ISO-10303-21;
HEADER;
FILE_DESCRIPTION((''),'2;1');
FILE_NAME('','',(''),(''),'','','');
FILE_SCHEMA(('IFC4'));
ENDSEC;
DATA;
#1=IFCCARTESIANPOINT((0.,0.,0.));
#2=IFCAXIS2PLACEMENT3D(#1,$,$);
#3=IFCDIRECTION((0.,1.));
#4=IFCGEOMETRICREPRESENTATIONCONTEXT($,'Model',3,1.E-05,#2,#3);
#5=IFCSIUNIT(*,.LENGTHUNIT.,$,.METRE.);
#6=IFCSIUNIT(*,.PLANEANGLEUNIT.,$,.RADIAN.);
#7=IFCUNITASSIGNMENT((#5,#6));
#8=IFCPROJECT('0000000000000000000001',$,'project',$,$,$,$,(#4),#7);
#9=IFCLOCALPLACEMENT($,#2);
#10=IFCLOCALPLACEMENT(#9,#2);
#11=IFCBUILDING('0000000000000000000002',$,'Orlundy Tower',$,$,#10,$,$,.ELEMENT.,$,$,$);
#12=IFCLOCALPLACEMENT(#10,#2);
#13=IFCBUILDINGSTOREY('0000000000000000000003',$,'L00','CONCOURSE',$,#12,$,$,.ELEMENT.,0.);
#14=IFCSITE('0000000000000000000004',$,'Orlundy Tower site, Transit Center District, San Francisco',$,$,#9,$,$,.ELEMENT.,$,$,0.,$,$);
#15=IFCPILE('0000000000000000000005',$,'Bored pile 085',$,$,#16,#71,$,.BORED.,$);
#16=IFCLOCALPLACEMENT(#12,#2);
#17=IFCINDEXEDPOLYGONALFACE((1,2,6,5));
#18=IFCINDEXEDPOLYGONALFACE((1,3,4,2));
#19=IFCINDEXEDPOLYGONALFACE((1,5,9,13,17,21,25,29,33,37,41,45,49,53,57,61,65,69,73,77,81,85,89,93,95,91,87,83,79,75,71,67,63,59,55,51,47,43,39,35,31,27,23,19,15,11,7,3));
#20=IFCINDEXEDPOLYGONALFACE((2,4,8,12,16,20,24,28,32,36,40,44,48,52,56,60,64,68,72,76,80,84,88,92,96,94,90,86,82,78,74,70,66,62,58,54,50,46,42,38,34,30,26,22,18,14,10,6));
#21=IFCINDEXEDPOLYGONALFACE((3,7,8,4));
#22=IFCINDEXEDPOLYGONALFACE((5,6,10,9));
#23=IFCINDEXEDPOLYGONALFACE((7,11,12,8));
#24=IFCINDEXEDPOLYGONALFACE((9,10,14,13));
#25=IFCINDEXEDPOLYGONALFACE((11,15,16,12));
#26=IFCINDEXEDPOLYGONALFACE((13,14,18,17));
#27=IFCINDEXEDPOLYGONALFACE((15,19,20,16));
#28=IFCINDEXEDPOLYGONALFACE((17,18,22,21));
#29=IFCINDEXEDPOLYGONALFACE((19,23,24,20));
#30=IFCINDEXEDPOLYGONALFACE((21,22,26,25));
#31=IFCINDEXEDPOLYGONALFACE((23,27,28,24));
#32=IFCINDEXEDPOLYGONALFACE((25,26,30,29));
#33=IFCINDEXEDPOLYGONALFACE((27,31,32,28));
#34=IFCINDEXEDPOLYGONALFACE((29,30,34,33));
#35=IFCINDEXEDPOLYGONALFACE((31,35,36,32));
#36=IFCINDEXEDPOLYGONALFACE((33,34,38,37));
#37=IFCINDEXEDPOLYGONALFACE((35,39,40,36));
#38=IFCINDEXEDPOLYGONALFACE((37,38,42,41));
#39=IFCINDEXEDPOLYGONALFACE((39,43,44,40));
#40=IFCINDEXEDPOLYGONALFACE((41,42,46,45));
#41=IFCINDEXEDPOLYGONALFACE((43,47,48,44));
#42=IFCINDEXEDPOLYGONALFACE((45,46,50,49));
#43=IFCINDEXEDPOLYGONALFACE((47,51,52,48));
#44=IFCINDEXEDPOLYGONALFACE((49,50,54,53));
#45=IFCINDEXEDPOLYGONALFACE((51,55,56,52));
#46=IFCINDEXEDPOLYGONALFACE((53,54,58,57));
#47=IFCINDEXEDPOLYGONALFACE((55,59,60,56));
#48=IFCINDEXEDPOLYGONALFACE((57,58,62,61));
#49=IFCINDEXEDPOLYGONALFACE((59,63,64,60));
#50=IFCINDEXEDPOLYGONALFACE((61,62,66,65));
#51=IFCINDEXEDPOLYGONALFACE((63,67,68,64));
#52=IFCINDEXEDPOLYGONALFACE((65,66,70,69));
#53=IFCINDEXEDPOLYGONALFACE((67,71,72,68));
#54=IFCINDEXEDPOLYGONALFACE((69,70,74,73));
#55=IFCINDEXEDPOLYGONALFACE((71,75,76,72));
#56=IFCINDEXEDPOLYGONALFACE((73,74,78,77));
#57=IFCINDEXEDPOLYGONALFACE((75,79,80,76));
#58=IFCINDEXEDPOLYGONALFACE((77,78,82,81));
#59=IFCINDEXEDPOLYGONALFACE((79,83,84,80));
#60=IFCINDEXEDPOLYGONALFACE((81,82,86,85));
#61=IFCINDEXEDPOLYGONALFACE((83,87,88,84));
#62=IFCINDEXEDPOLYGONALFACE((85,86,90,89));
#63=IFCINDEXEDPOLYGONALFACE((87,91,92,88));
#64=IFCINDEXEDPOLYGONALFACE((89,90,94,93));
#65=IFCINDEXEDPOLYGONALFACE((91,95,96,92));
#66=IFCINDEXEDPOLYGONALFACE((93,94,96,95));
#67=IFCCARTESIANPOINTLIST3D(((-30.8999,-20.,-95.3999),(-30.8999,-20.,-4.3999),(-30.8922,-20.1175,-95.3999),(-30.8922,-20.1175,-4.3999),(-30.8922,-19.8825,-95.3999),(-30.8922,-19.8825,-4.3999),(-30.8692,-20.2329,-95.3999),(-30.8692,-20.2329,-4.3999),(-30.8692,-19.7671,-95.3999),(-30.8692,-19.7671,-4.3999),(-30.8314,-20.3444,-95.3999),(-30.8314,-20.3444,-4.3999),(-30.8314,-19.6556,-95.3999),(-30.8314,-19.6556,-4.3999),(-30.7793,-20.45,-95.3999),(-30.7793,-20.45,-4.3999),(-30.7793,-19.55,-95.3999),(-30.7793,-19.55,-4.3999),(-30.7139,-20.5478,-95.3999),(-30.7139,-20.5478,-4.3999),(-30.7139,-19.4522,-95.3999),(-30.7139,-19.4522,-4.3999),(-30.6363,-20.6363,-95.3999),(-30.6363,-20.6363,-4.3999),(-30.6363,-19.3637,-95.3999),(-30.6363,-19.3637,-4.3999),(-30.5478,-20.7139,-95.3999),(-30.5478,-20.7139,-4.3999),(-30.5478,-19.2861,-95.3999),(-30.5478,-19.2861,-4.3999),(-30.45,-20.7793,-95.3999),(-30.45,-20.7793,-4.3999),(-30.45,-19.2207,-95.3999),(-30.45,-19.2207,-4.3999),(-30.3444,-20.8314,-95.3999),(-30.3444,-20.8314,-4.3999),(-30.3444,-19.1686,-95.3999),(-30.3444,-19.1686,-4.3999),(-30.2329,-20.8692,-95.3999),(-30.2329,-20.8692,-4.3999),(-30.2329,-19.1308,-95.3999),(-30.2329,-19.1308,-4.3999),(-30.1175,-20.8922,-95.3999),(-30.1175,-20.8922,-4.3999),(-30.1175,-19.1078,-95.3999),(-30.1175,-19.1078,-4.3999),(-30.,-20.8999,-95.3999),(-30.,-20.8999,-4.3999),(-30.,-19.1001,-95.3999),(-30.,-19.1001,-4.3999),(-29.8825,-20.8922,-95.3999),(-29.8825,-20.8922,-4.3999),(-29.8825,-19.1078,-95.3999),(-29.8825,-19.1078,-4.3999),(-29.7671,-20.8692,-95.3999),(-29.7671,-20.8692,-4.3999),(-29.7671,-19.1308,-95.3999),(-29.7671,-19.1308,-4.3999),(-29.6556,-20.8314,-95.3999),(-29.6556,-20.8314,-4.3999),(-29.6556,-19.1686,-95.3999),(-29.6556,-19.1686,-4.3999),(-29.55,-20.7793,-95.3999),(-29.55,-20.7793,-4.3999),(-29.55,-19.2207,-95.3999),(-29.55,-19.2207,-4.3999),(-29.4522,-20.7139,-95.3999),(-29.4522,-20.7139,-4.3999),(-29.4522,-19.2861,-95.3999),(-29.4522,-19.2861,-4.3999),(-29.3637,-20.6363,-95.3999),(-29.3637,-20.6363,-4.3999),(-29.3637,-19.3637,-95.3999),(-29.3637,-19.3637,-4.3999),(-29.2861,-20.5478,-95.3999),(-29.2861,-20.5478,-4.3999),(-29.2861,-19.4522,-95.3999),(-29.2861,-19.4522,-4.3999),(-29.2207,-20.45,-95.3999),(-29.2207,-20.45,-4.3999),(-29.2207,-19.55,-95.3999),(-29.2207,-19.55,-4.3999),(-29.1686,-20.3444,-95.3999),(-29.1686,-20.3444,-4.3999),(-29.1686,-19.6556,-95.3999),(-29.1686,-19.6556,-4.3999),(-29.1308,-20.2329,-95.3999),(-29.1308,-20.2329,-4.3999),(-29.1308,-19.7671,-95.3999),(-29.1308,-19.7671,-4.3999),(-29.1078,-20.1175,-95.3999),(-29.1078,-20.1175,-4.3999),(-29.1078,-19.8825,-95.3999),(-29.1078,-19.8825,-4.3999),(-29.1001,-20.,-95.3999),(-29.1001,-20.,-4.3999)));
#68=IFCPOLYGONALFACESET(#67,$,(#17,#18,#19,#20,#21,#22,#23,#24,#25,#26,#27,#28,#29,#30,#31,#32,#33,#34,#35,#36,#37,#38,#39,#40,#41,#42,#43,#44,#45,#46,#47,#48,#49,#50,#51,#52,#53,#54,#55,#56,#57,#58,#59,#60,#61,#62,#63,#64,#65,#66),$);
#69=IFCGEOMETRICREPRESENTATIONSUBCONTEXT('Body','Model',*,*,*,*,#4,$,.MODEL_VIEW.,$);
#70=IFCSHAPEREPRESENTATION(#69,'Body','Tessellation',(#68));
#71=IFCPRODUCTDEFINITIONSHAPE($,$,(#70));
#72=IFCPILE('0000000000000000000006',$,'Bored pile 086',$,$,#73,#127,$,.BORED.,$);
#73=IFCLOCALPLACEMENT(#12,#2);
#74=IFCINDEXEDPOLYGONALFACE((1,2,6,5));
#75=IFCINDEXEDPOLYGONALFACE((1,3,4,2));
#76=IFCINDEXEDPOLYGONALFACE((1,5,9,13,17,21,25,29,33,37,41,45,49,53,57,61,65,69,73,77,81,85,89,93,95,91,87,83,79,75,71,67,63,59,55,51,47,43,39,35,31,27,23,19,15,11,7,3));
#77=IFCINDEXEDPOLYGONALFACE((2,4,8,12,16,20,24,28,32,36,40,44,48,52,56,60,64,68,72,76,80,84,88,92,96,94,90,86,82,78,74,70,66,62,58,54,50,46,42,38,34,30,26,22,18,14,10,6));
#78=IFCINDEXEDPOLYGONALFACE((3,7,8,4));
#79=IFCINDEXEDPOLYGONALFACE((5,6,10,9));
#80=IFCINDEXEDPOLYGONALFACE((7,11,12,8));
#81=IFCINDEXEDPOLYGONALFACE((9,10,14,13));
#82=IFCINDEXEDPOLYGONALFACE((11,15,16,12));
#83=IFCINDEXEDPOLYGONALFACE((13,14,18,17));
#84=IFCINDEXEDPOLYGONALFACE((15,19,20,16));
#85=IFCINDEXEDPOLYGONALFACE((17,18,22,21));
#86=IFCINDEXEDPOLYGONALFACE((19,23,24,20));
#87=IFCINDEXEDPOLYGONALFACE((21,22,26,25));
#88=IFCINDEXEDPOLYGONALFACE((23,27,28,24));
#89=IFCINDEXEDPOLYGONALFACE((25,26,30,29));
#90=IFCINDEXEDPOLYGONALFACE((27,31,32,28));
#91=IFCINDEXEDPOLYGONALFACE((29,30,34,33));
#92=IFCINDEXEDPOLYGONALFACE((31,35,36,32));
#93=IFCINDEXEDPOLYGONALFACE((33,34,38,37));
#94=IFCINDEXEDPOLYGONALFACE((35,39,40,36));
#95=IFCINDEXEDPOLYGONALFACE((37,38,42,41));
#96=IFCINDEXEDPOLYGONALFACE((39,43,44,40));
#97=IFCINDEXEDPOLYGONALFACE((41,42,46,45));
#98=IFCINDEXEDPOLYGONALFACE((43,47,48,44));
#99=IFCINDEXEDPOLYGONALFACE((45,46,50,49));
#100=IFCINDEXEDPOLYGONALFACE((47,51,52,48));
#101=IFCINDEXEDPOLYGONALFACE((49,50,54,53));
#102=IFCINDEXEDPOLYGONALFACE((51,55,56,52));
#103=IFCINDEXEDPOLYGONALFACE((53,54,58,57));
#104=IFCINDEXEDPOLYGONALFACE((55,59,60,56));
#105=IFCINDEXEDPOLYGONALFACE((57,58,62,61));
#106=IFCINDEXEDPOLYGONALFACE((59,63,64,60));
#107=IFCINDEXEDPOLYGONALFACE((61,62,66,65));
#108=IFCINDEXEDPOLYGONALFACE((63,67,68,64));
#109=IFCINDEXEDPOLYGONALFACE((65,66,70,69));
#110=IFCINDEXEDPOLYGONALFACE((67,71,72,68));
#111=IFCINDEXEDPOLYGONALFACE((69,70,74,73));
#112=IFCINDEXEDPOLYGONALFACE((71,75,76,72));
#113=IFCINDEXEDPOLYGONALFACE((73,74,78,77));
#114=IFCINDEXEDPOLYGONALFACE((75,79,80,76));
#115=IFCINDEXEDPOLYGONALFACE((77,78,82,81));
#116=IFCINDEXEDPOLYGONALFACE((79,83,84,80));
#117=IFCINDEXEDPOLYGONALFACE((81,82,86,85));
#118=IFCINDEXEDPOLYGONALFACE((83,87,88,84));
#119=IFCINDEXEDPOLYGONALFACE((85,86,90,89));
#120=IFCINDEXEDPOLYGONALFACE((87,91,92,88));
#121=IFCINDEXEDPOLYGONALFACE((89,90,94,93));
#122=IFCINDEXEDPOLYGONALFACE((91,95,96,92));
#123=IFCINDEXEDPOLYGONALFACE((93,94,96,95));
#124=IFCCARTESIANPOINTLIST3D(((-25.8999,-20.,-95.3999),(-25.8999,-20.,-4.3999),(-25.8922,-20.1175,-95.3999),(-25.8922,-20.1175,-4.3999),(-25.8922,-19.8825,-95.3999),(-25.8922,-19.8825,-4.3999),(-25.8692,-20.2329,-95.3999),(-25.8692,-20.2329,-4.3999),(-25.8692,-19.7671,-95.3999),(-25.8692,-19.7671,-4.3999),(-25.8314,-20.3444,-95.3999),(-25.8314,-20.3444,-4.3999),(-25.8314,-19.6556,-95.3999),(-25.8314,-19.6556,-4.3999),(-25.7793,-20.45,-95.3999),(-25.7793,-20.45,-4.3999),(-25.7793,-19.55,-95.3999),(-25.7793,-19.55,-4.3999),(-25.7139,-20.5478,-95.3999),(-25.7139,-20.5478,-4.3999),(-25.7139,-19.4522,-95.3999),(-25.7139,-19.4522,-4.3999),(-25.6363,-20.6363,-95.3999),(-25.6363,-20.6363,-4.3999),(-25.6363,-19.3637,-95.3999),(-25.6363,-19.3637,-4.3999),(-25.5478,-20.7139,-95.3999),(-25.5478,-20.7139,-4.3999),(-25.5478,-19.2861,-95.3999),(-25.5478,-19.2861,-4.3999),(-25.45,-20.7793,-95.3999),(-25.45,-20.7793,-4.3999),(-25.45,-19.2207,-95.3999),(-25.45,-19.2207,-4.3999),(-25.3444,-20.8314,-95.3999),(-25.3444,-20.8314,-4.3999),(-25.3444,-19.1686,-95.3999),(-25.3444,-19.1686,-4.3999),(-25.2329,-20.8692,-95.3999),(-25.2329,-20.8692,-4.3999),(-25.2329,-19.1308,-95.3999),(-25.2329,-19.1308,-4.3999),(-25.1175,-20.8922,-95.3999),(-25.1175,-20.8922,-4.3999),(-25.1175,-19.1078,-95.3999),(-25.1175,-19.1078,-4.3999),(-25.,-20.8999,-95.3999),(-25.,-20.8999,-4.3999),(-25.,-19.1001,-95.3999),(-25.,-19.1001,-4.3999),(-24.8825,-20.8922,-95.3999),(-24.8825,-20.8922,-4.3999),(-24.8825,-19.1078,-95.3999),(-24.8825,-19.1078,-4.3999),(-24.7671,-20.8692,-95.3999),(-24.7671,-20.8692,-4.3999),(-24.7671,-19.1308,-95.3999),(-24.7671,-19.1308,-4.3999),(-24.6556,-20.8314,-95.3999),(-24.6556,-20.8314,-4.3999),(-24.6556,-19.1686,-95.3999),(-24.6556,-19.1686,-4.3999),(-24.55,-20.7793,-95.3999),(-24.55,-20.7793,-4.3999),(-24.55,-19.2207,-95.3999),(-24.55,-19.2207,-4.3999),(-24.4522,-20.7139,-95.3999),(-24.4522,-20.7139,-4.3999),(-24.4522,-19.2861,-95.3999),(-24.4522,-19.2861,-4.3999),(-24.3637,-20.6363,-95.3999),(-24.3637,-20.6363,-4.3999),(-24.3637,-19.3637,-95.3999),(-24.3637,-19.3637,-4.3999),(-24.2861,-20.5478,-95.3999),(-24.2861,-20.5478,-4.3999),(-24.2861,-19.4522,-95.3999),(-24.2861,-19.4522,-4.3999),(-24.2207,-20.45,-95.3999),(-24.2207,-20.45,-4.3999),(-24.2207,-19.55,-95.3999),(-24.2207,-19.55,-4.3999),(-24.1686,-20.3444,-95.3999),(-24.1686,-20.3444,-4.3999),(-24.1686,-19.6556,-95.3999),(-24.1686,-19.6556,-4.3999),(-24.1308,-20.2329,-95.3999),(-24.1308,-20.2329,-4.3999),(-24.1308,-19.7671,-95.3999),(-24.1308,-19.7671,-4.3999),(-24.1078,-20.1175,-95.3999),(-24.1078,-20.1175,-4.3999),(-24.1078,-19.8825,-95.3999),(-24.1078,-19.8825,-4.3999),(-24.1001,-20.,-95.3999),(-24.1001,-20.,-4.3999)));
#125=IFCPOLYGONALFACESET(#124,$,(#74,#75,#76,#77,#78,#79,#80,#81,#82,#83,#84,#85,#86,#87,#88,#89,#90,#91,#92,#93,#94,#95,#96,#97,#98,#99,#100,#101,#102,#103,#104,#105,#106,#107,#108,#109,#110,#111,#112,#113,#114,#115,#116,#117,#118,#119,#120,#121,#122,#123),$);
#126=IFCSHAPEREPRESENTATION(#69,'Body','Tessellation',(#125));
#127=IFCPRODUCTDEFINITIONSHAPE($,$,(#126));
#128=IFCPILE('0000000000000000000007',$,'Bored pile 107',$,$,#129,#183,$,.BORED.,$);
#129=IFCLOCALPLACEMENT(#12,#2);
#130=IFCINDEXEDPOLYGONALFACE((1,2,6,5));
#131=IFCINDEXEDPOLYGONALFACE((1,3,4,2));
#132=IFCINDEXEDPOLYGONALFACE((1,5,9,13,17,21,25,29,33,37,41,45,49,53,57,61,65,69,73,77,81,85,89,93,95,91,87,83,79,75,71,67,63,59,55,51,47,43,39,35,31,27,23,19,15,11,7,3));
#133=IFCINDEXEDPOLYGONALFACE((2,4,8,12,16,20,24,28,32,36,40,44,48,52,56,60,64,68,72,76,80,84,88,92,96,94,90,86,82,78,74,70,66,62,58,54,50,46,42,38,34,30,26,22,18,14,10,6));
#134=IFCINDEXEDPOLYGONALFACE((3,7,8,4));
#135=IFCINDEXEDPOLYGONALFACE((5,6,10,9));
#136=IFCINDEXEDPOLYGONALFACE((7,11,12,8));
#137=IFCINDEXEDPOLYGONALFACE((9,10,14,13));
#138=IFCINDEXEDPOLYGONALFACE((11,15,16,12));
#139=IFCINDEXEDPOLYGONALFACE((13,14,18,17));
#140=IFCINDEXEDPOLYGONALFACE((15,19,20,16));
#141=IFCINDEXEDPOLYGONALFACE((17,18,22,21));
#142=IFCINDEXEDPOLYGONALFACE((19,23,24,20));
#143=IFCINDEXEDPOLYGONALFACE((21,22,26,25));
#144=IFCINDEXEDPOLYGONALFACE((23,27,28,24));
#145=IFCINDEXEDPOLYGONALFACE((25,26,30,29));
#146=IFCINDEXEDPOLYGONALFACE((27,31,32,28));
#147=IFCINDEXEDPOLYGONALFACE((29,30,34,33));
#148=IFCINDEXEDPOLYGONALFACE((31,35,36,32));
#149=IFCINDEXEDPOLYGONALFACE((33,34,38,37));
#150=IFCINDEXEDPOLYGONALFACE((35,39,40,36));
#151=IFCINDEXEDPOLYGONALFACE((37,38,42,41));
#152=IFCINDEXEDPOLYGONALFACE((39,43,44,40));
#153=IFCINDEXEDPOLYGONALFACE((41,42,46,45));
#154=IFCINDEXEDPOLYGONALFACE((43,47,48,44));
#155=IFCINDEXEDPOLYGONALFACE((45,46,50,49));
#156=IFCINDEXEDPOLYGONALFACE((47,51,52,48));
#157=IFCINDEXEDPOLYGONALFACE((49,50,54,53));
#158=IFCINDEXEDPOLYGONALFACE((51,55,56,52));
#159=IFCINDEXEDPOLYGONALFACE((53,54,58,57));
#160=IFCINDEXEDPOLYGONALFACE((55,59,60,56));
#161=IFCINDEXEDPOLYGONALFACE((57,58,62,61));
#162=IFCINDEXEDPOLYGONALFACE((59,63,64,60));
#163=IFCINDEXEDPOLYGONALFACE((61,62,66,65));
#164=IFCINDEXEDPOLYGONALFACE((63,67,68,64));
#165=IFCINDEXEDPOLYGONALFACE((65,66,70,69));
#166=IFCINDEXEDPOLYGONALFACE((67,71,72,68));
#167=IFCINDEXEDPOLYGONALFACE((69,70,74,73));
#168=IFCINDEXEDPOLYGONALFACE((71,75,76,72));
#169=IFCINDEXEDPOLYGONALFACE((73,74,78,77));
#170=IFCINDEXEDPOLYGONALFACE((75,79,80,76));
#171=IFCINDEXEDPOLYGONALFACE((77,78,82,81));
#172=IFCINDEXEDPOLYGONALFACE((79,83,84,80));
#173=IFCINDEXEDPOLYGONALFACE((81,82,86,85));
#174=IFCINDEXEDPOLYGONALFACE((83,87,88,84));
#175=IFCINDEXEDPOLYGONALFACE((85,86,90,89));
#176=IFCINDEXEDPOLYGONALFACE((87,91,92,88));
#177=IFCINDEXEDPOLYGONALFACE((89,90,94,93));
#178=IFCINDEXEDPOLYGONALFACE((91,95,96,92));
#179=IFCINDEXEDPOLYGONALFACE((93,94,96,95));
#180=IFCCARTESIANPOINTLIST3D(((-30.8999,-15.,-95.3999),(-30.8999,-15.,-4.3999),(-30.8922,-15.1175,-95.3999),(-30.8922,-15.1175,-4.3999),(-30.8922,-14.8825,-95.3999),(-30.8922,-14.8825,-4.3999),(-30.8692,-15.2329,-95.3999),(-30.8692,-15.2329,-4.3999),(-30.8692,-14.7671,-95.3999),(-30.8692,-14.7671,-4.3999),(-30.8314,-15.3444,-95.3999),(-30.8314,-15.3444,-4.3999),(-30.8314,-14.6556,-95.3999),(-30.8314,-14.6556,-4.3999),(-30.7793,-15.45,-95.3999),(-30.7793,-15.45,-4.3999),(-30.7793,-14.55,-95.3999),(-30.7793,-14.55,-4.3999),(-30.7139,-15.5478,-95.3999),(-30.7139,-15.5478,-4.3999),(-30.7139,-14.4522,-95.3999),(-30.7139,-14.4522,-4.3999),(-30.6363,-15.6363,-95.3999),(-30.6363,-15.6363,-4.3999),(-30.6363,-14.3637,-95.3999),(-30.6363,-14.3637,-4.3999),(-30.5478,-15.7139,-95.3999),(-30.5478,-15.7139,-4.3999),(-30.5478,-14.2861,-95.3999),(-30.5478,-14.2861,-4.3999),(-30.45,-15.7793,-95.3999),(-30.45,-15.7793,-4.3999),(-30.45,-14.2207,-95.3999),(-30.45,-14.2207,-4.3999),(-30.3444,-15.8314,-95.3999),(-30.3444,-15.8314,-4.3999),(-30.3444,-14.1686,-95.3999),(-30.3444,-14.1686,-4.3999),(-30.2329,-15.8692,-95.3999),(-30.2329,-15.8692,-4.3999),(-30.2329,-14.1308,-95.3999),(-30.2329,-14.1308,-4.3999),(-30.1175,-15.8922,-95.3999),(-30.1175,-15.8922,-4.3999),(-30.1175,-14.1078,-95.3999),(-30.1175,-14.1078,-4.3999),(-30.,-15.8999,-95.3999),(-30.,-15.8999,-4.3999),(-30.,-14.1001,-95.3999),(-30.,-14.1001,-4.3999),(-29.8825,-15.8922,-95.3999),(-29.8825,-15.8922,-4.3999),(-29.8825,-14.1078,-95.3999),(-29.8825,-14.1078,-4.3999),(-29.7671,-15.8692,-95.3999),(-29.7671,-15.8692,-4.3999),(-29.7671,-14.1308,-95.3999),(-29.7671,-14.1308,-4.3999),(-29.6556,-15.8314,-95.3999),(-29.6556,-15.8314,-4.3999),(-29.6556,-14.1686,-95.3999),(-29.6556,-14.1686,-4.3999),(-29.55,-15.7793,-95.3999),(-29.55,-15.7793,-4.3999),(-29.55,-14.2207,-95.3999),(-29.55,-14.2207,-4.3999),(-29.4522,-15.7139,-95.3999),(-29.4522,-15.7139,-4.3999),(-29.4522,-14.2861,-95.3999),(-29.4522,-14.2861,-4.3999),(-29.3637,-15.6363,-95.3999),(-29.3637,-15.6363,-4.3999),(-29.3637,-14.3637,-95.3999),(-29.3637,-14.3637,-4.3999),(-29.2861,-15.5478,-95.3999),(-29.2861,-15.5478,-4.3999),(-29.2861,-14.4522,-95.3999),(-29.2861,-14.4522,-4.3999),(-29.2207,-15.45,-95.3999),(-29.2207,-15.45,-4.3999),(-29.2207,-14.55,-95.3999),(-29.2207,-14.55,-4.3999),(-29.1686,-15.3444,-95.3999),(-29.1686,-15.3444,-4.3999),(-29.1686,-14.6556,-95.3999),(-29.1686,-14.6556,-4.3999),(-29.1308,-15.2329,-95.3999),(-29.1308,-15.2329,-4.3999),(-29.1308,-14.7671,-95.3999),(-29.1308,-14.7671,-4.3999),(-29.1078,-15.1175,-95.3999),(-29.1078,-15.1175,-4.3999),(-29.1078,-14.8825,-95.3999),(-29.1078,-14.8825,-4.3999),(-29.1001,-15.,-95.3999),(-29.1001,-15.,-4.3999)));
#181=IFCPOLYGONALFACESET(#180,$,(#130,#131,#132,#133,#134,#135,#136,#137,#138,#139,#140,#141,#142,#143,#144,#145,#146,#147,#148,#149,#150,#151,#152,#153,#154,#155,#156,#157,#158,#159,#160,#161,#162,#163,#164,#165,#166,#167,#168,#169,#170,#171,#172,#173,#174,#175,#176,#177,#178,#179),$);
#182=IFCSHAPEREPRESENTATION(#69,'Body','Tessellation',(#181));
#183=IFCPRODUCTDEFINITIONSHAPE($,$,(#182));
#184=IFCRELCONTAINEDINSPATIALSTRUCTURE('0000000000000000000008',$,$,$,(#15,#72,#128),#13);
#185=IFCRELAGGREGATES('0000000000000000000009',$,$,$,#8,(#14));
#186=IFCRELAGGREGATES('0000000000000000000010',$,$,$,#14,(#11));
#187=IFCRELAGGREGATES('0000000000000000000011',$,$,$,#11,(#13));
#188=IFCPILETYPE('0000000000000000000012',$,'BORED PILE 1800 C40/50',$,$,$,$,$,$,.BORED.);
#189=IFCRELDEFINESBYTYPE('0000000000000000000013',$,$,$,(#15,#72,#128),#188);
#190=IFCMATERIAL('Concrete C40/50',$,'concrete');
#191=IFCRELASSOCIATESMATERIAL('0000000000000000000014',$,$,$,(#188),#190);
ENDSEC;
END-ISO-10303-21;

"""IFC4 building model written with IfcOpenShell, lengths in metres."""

from ifc_helpers import new_model, si_unit, direction, frame, origin, origin_2d, place, context, subcontext, project, spatial, circle, extrude, material, material_profile, profile_set, type_object, element, save


model = new_model("IFC4")

# Units and contexts
model_context = context("Model", 3, precision=1e-05, world=origin(), true_north=direction((0.0, 1.0)))
body_context = subcontext(model_context, "Body", "Model", "MODEL_VIEW")
ifc_project = project(units=[si_unit("LENGTHUNIT", "METRE"), si_unit("PLANEANGLEUNIT", "RADIAN")], contexts=[model_context])

# Site, building, storey
site_placement = place(None, origin())
site = spatial("IfcSite", under=ifc_project, at=site_placement, Name="Orlundy Tower site, Transit Center District, San Francisco", CompositionType="ELEMENT", RefElevation=0.0)
building_placement = place(site_placement, origin())
building = spatial("IfcBuilding", under=site, at=building_placement, Name="Orlundy Tower", CompositionType="ELEMENT")
storey_placement = place(building_placement, origin())
storey = spatial("IfcBuildingStorey", under=building, at=storey_placement, Name="L00", Description="CONCOURSE", CompositionType="ELEMENT", Elevation=0.0)

# Piles
ifc_material_1 = material(Name="Concrete C40/50", Category="concrete")
ifc_material_profile_1 = material_profile(ifc_material_1, circle(Radius=0.8999, at=origin_2d()), Name="BP1800")
ifc_profile_set_1 = profile_set([ifc_material_profile_1], Name="Concrete C40/50")
pile_type = type_object("IfcPileType", Name="BORED PILE 1800 C40/50", PredefinedType="BORED", material=ifc_profile_set_1)
for number, where, z_axis, x_axis, name in (
    (1, (-30.0, -20.0, -4.3999), (0.0, 0.0, -1.0), (1.0, 0.0, 0.0), "Bored pile 085"),
    (2, (-25.0, -20.0, -4.3999), (0.0, 0.0, -1.0), (1.0, 0.0, 0.0), "Bored pile 086"),
    (3, (-30.0, -15.0, -4.3999), (0.0, 0.0, -1.0), (1.0, 0.0, 0.0), "Bored pile 107"),
):
    element("IfcPile", number, at=place(storey_placement, frame(where, z_axis=z_axis, x_axis=x_axis)), inside=storey, type_object=pile_type, Name=name, PredefinedType="BORED", context=body_context, shape_type="SweptSolid", body=[
        extrude(circle(Radius=0.8999, at=origin_2d()), origin(), (0.0, 0.0, 1.0), 91.0),
    ])

save(model, "model.ifc")
